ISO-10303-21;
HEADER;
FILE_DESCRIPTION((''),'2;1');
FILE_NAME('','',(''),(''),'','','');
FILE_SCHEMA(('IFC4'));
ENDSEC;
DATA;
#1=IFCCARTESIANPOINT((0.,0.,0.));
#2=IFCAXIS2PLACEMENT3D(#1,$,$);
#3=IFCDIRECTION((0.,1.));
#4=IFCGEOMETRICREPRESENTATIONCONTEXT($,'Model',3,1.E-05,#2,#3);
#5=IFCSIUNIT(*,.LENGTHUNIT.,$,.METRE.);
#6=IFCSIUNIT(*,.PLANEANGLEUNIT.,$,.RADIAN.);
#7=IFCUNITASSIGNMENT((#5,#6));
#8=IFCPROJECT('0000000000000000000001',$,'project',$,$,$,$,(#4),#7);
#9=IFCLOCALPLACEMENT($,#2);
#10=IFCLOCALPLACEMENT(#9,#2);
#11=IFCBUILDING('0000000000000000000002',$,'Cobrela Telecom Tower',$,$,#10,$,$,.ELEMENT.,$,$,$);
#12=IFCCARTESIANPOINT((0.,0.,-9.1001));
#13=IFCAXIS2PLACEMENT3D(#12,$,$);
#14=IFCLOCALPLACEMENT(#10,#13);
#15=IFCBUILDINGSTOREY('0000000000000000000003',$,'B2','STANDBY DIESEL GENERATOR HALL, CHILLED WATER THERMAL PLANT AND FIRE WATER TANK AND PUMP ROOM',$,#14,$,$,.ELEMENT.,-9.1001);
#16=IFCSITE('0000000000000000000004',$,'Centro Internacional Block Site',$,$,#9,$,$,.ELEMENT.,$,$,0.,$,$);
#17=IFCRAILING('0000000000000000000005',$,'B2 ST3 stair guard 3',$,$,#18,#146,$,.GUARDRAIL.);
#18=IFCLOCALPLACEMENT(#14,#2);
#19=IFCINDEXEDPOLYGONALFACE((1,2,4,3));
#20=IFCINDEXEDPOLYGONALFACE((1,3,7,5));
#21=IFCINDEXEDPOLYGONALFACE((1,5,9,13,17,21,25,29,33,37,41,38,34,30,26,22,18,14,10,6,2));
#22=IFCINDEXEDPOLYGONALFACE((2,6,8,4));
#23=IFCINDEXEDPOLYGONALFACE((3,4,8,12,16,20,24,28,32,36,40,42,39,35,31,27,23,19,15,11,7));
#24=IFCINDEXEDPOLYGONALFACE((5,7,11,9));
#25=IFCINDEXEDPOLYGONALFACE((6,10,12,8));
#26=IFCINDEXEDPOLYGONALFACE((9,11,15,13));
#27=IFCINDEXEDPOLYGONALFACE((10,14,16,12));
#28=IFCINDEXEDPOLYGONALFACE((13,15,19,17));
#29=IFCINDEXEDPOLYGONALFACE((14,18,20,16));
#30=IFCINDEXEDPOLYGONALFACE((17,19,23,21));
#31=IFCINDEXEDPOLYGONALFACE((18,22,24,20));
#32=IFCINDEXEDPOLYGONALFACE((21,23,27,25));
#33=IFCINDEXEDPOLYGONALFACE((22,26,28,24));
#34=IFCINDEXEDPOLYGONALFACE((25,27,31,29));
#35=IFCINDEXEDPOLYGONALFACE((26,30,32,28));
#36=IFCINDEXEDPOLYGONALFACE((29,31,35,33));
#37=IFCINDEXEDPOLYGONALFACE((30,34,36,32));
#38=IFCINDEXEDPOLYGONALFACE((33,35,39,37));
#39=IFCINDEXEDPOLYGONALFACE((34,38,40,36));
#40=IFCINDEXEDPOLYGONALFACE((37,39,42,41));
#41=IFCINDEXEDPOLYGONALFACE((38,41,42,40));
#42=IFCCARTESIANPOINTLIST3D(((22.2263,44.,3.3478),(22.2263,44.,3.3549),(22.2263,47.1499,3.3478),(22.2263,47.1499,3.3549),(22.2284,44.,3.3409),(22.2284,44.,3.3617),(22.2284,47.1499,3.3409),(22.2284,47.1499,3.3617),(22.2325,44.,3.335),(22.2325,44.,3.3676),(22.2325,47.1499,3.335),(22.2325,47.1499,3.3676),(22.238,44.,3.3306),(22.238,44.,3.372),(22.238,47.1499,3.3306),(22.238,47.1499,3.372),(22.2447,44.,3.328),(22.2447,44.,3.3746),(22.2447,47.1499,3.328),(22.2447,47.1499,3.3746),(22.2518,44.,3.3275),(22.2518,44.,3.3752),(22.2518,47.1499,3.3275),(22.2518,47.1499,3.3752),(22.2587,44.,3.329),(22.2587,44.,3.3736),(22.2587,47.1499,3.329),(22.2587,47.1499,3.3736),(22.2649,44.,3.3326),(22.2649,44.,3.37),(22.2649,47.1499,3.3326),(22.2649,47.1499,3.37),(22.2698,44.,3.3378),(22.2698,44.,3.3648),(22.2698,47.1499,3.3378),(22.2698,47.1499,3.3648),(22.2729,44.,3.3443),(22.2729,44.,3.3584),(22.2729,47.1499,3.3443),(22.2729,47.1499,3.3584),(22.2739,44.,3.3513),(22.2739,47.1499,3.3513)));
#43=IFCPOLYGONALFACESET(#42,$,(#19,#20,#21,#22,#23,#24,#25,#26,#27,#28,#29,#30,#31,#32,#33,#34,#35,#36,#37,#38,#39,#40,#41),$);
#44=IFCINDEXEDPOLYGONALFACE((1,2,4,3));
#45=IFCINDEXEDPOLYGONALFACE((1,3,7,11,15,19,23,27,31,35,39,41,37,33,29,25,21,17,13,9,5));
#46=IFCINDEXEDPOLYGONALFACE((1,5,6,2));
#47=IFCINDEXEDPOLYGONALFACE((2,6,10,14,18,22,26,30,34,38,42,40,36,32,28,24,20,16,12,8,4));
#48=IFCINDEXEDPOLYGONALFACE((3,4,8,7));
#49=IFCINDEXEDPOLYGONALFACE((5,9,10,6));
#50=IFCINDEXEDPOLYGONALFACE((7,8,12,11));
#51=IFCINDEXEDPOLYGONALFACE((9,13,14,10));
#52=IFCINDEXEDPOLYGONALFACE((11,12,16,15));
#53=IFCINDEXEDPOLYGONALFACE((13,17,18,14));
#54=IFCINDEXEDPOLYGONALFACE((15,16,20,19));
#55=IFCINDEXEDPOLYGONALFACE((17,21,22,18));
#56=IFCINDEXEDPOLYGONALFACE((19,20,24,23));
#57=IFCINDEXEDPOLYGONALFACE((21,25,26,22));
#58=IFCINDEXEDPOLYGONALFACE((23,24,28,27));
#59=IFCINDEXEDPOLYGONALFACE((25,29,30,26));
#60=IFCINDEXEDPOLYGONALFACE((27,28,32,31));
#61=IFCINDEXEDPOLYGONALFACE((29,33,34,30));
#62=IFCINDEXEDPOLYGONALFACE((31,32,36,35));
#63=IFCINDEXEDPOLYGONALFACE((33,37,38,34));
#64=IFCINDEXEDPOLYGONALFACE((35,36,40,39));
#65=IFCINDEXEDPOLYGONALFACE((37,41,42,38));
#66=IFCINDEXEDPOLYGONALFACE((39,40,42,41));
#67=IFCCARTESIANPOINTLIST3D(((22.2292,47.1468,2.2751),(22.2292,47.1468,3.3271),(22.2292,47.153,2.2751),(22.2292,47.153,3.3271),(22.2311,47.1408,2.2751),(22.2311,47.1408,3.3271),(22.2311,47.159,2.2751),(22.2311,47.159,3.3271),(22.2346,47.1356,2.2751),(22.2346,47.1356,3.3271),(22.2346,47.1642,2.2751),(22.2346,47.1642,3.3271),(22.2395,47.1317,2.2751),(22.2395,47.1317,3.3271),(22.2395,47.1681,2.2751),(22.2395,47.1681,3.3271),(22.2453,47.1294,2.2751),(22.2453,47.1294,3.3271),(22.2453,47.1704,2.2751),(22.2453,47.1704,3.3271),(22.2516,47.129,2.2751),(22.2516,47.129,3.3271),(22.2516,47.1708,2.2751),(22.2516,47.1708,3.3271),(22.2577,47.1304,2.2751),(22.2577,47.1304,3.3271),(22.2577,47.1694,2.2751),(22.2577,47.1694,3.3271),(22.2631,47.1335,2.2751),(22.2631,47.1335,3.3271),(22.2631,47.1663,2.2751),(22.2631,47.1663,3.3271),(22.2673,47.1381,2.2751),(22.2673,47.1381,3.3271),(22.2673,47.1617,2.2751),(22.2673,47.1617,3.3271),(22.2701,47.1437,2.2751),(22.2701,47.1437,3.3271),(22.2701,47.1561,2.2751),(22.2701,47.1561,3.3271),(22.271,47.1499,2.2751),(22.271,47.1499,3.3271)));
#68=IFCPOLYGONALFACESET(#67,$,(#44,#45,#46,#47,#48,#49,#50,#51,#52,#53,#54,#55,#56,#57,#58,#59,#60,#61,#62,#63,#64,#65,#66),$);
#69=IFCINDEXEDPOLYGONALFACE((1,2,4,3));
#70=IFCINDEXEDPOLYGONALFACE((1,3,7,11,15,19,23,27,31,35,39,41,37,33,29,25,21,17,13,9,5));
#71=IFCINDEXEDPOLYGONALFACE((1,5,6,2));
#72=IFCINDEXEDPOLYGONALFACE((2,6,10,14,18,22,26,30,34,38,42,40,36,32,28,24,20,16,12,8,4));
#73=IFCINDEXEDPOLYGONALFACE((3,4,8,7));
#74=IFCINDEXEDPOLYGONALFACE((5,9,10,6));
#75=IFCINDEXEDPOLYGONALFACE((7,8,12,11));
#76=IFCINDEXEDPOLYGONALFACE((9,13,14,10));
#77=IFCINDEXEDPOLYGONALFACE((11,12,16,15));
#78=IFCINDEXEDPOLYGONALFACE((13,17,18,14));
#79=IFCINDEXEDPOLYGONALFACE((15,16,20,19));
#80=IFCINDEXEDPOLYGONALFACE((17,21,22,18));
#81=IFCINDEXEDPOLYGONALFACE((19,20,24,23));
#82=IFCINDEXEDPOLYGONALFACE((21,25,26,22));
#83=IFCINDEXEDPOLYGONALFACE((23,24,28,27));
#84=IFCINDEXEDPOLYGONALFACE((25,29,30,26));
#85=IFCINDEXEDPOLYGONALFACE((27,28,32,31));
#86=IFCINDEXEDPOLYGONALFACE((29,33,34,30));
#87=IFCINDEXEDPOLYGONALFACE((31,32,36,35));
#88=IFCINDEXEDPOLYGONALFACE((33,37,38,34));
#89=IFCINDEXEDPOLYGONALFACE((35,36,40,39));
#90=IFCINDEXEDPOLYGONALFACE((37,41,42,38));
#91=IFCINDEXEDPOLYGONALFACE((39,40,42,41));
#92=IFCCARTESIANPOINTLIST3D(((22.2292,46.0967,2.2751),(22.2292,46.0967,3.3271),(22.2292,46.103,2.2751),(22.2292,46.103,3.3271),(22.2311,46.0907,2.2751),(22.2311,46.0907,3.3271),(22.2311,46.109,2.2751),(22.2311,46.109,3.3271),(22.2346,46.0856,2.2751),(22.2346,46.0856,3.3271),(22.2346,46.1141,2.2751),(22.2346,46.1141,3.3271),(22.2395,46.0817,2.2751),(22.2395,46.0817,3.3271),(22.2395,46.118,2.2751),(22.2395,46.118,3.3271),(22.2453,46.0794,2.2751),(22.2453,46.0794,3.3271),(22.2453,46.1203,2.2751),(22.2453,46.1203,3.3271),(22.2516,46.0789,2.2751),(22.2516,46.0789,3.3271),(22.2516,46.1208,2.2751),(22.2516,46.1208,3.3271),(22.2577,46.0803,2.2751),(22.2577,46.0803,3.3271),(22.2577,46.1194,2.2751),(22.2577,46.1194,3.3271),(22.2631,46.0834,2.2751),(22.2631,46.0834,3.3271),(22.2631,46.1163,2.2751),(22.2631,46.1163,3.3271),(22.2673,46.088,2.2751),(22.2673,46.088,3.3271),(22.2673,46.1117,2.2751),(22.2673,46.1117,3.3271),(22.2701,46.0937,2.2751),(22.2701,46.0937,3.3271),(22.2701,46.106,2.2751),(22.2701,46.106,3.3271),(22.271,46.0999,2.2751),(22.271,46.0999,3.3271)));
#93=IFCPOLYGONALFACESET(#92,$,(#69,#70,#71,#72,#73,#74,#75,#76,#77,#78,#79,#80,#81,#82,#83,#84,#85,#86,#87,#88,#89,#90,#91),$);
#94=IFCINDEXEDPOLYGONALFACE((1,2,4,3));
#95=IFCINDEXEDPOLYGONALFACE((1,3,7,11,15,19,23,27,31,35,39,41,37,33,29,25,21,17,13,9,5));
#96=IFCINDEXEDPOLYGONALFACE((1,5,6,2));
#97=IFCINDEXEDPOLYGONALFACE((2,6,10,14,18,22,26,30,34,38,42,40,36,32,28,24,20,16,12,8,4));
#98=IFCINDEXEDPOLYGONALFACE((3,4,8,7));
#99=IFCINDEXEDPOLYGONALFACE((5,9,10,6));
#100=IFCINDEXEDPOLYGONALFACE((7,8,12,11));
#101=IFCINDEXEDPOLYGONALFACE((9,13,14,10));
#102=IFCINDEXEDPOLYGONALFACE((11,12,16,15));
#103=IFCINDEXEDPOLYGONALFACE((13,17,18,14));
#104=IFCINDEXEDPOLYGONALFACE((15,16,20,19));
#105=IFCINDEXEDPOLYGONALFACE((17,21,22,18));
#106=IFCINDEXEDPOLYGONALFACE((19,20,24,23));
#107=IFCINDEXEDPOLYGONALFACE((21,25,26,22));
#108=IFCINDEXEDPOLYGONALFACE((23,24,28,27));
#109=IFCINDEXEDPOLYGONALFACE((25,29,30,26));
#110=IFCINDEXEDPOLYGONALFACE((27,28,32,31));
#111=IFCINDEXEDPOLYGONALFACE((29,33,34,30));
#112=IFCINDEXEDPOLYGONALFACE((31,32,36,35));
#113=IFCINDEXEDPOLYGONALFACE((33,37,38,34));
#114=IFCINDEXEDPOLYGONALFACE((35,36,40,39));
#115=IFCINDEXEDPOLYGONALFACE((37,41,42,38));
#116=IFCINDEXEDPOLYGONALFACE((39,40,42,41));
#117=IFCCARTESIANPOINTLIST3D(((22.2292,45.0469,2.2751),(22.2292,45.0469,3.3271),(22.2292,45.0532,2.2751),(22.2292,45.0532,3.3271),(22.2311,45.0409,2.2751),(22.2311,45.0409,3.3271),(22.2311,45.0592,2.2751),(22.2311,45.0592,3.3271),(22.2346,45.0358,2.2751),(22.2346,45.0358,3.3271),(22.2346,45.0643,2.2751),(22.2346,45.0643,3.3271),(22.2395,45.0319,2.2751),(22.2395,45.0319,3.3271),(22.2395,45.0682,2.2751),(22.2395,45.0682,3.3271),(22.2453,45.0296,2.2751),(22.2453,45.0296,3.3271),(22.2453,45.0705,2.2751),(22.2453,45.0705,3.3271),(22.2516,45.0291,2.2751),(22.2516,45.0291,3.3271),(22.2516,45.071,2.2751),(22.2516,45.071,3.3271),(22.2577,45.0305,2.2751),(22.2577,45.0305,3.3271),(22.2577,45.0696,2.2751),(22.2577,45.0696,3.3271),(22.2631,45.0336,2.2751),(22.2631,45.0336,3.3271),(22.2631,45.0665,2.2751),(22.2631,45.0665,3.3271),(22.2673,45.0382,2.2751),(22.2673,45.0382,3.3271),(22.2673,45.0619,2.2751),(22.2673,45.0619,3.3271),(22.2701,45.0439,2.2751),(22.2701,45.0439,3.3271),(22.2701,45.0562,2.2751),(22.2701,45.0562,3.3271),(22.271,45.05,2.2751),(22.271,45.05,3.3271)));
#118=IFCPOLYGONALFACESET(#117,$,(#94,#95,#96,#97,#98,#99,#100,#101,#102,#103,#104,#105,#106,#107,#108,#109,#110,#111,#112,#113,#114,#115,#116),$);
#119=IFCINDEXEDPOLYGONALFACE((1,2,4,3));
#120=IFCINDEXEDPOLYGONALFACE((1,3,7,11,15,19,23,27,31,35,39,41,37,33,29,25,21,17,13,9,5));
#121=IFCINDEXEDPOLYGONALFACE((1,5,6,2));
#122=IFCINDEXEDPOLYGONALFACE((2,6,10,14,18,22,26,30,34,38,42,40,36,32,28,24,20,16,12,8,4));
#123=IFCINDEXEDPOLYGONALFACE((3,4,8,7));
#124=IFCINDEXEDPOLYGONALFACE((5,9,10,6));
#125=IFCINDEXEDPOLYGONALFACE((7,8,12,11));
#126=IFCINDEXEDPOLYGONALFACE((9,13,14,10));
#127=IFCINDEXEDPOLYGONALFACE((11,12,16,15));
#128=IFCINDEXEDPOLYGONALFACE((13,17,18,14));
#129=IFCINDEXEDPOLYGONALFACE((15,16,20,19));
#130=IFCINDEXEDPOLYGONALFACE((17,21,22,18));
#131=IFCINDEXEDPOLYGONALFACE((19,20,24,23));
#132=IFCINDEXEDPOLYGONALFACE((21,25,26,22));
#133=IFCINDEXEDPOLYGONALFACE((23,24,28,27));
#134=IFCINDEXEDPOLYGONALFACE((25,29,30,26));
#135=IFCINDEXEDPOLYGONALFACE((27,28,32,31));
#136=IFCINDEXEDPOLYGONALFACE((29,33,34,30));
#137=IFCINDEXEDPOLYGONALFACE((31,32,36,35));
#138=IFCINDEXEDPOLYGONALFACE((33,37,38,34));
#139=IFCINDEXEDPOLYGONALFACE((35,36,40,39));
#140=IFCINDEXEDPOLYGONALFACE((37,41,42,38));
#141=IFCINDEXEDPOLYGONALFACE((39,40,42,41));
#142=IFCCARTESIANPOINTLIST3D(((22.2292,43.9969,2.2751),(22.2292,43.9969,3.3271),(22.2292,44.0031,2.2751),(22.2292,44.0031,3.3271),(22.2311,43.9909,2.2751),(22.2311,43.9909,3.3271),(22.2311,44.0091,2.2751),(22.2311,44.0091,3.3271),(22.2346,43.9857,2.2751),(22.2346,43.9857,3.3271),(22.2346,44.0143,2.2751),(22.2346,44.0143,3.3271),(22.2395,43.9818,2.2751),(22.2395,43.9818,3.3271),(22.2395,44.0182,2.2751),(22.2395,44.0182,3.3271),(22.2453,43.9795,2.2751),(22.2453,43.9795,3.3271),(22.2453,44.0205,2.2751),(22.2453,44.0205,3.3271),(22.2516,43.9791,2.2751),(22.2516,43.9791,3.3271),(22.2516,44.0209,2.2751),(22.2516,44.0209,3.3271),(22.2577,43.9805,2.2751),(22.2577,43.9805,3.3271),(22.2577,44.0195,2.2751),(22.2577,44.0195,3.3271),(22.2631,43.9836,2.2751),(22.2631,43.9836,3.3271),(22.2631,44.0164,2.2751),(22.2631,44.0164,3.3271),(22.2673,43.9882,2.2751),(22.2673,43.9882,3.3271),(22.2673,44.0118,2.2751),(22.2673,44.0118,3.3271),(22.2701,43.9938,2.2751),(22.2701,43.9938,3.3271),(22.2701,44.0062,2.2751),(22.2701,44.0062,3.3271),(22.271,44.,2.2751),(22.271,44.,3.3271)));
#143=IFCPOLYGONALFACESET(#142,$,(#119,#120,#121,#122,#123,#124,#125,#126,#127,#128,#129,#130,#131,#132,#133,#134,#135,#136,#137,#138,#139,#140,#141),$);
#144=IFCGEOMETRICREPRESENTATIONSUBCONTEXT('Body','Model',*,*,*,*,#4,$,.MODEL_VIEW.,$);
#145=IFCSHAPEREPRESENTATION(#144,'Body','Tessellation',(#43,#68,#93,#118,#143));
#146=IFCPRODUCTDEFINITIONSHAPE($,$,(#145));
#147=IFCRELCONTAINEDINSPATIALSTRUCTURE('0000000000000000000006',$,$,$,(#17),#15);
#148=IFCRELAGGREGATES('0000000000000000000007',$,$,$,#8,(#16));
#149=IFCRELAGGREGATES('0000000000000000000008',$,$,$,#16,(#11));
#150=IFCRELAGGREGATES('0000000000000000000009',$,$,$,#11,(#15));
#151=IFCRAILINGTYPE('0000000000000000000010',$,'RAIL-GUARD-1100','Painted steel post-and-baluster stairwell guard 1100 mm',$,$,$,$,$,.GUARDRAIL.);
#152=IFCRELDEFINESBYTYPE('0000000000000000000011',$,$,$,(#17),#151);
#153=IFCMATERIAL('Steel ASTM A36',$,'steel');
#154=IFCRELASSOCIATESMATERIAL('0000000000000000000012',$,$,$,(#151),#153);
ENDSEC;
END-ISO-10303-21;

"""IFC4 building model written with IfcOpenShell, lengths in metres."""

from ifc_helpers import new_model, si_unit, direction, frame, origin, origin_2d, place, context, subcontext, project, spatial, circle, extrude, material, type_object, element, save


model = new_model("IFC4")

# Units and contexts
model_context = context("Model", 3, precision=1e-05, world=origin(), true_north=direction((0.0, 1.0)))
body_context = subcontext(model_context, "Body", "Model", "MODEL_VIEW")
ifc_project = project(units=[si_unit("LENGTHUNIT", "METRE"), si_unit("PLANEANGLEUNIT", "RADIAN")], contexts=[model_context])

# Site, building, storey
site_placement = place(None, origin())
site = spatial("IfcSite", under=ifc_project, at=site_placement, Name="Centro Internacional Block Site", CompositionType="ELEMENT", RefElevation=0.0)
building_placement = place(site_placement, origin())
building = spatial("IfcBuilding", under=site, at=building_placement, Name="Cobrela Telecom Tower", CompositionType="ELEMENT")
storey_placement = place(building_placement, frame((0.0, 0.0, -9.1001)))
storey = spatial("IfcBuildingStorey", under=building, at=storey_placement, Name="B2", Description="STANDBY DIESEL GENERATOR HALL, CHILLED WATER THERMAL PLANT AND FIRE WATER TANK AND PUMP ROOM", CompositionType="ELEMENT", Elevation=-9.1001)

# Shared definitions
ifc_material_1 = material(Name="Steel ASTM A36", Category="steel")

# Railing
railing_type_1 = type_object("IfcRailingType", Name="RAIL-GUARD-1100", Description="Painted steel post-and-baluster stairwell guard 1100 mm", PredefinedType="GUARDRAIL", material=ifc_material_1)
railing_1_placement = place(storey_placement, frame((22.25, 47.1499, 2.2751)))
element("IfcRailing", 1, at=railing_1_placement, inside=storey, type_object=railing_type_1, Name="B2 ST3 stair guard 3", PredefinedType="GUARDRAIL", context=body_context, shape_type="SweptSolid", body=[
    extrude(circle(Radius=0.0239, at=origin_2d()), frame((0.0, 0.0, 1.0762), z_axis=(0.0, -1.0, 0.0), x_axis=(1.0, 0.0, 0.0)), (0.0, 0.0, 1.0), 3.1499),
    extrude(circle(Radius=0.021, at=origin_2d()), origin(), (0.0, 0.0, 1.0), 1.052),
    extrude(circle(Radius=0.021, at=origin_2d()), frame((0.0, -1.05, 0.0)), (0.0, 0.0, 1.0), 1.052),
    extrude(circle(Radius=0.021, at=origin_2d()), frame((0.0, -2.0999, 0.0)), (0.0, 0.0, 1.0), 1.052),
    extrude(circle(Radius=0.021, at=origin_2d()), frame((0.0, -3.1499, 0.0)), (0.0, 0.0, 1.0), 1.052),
])

save(model, "model.ifc")
